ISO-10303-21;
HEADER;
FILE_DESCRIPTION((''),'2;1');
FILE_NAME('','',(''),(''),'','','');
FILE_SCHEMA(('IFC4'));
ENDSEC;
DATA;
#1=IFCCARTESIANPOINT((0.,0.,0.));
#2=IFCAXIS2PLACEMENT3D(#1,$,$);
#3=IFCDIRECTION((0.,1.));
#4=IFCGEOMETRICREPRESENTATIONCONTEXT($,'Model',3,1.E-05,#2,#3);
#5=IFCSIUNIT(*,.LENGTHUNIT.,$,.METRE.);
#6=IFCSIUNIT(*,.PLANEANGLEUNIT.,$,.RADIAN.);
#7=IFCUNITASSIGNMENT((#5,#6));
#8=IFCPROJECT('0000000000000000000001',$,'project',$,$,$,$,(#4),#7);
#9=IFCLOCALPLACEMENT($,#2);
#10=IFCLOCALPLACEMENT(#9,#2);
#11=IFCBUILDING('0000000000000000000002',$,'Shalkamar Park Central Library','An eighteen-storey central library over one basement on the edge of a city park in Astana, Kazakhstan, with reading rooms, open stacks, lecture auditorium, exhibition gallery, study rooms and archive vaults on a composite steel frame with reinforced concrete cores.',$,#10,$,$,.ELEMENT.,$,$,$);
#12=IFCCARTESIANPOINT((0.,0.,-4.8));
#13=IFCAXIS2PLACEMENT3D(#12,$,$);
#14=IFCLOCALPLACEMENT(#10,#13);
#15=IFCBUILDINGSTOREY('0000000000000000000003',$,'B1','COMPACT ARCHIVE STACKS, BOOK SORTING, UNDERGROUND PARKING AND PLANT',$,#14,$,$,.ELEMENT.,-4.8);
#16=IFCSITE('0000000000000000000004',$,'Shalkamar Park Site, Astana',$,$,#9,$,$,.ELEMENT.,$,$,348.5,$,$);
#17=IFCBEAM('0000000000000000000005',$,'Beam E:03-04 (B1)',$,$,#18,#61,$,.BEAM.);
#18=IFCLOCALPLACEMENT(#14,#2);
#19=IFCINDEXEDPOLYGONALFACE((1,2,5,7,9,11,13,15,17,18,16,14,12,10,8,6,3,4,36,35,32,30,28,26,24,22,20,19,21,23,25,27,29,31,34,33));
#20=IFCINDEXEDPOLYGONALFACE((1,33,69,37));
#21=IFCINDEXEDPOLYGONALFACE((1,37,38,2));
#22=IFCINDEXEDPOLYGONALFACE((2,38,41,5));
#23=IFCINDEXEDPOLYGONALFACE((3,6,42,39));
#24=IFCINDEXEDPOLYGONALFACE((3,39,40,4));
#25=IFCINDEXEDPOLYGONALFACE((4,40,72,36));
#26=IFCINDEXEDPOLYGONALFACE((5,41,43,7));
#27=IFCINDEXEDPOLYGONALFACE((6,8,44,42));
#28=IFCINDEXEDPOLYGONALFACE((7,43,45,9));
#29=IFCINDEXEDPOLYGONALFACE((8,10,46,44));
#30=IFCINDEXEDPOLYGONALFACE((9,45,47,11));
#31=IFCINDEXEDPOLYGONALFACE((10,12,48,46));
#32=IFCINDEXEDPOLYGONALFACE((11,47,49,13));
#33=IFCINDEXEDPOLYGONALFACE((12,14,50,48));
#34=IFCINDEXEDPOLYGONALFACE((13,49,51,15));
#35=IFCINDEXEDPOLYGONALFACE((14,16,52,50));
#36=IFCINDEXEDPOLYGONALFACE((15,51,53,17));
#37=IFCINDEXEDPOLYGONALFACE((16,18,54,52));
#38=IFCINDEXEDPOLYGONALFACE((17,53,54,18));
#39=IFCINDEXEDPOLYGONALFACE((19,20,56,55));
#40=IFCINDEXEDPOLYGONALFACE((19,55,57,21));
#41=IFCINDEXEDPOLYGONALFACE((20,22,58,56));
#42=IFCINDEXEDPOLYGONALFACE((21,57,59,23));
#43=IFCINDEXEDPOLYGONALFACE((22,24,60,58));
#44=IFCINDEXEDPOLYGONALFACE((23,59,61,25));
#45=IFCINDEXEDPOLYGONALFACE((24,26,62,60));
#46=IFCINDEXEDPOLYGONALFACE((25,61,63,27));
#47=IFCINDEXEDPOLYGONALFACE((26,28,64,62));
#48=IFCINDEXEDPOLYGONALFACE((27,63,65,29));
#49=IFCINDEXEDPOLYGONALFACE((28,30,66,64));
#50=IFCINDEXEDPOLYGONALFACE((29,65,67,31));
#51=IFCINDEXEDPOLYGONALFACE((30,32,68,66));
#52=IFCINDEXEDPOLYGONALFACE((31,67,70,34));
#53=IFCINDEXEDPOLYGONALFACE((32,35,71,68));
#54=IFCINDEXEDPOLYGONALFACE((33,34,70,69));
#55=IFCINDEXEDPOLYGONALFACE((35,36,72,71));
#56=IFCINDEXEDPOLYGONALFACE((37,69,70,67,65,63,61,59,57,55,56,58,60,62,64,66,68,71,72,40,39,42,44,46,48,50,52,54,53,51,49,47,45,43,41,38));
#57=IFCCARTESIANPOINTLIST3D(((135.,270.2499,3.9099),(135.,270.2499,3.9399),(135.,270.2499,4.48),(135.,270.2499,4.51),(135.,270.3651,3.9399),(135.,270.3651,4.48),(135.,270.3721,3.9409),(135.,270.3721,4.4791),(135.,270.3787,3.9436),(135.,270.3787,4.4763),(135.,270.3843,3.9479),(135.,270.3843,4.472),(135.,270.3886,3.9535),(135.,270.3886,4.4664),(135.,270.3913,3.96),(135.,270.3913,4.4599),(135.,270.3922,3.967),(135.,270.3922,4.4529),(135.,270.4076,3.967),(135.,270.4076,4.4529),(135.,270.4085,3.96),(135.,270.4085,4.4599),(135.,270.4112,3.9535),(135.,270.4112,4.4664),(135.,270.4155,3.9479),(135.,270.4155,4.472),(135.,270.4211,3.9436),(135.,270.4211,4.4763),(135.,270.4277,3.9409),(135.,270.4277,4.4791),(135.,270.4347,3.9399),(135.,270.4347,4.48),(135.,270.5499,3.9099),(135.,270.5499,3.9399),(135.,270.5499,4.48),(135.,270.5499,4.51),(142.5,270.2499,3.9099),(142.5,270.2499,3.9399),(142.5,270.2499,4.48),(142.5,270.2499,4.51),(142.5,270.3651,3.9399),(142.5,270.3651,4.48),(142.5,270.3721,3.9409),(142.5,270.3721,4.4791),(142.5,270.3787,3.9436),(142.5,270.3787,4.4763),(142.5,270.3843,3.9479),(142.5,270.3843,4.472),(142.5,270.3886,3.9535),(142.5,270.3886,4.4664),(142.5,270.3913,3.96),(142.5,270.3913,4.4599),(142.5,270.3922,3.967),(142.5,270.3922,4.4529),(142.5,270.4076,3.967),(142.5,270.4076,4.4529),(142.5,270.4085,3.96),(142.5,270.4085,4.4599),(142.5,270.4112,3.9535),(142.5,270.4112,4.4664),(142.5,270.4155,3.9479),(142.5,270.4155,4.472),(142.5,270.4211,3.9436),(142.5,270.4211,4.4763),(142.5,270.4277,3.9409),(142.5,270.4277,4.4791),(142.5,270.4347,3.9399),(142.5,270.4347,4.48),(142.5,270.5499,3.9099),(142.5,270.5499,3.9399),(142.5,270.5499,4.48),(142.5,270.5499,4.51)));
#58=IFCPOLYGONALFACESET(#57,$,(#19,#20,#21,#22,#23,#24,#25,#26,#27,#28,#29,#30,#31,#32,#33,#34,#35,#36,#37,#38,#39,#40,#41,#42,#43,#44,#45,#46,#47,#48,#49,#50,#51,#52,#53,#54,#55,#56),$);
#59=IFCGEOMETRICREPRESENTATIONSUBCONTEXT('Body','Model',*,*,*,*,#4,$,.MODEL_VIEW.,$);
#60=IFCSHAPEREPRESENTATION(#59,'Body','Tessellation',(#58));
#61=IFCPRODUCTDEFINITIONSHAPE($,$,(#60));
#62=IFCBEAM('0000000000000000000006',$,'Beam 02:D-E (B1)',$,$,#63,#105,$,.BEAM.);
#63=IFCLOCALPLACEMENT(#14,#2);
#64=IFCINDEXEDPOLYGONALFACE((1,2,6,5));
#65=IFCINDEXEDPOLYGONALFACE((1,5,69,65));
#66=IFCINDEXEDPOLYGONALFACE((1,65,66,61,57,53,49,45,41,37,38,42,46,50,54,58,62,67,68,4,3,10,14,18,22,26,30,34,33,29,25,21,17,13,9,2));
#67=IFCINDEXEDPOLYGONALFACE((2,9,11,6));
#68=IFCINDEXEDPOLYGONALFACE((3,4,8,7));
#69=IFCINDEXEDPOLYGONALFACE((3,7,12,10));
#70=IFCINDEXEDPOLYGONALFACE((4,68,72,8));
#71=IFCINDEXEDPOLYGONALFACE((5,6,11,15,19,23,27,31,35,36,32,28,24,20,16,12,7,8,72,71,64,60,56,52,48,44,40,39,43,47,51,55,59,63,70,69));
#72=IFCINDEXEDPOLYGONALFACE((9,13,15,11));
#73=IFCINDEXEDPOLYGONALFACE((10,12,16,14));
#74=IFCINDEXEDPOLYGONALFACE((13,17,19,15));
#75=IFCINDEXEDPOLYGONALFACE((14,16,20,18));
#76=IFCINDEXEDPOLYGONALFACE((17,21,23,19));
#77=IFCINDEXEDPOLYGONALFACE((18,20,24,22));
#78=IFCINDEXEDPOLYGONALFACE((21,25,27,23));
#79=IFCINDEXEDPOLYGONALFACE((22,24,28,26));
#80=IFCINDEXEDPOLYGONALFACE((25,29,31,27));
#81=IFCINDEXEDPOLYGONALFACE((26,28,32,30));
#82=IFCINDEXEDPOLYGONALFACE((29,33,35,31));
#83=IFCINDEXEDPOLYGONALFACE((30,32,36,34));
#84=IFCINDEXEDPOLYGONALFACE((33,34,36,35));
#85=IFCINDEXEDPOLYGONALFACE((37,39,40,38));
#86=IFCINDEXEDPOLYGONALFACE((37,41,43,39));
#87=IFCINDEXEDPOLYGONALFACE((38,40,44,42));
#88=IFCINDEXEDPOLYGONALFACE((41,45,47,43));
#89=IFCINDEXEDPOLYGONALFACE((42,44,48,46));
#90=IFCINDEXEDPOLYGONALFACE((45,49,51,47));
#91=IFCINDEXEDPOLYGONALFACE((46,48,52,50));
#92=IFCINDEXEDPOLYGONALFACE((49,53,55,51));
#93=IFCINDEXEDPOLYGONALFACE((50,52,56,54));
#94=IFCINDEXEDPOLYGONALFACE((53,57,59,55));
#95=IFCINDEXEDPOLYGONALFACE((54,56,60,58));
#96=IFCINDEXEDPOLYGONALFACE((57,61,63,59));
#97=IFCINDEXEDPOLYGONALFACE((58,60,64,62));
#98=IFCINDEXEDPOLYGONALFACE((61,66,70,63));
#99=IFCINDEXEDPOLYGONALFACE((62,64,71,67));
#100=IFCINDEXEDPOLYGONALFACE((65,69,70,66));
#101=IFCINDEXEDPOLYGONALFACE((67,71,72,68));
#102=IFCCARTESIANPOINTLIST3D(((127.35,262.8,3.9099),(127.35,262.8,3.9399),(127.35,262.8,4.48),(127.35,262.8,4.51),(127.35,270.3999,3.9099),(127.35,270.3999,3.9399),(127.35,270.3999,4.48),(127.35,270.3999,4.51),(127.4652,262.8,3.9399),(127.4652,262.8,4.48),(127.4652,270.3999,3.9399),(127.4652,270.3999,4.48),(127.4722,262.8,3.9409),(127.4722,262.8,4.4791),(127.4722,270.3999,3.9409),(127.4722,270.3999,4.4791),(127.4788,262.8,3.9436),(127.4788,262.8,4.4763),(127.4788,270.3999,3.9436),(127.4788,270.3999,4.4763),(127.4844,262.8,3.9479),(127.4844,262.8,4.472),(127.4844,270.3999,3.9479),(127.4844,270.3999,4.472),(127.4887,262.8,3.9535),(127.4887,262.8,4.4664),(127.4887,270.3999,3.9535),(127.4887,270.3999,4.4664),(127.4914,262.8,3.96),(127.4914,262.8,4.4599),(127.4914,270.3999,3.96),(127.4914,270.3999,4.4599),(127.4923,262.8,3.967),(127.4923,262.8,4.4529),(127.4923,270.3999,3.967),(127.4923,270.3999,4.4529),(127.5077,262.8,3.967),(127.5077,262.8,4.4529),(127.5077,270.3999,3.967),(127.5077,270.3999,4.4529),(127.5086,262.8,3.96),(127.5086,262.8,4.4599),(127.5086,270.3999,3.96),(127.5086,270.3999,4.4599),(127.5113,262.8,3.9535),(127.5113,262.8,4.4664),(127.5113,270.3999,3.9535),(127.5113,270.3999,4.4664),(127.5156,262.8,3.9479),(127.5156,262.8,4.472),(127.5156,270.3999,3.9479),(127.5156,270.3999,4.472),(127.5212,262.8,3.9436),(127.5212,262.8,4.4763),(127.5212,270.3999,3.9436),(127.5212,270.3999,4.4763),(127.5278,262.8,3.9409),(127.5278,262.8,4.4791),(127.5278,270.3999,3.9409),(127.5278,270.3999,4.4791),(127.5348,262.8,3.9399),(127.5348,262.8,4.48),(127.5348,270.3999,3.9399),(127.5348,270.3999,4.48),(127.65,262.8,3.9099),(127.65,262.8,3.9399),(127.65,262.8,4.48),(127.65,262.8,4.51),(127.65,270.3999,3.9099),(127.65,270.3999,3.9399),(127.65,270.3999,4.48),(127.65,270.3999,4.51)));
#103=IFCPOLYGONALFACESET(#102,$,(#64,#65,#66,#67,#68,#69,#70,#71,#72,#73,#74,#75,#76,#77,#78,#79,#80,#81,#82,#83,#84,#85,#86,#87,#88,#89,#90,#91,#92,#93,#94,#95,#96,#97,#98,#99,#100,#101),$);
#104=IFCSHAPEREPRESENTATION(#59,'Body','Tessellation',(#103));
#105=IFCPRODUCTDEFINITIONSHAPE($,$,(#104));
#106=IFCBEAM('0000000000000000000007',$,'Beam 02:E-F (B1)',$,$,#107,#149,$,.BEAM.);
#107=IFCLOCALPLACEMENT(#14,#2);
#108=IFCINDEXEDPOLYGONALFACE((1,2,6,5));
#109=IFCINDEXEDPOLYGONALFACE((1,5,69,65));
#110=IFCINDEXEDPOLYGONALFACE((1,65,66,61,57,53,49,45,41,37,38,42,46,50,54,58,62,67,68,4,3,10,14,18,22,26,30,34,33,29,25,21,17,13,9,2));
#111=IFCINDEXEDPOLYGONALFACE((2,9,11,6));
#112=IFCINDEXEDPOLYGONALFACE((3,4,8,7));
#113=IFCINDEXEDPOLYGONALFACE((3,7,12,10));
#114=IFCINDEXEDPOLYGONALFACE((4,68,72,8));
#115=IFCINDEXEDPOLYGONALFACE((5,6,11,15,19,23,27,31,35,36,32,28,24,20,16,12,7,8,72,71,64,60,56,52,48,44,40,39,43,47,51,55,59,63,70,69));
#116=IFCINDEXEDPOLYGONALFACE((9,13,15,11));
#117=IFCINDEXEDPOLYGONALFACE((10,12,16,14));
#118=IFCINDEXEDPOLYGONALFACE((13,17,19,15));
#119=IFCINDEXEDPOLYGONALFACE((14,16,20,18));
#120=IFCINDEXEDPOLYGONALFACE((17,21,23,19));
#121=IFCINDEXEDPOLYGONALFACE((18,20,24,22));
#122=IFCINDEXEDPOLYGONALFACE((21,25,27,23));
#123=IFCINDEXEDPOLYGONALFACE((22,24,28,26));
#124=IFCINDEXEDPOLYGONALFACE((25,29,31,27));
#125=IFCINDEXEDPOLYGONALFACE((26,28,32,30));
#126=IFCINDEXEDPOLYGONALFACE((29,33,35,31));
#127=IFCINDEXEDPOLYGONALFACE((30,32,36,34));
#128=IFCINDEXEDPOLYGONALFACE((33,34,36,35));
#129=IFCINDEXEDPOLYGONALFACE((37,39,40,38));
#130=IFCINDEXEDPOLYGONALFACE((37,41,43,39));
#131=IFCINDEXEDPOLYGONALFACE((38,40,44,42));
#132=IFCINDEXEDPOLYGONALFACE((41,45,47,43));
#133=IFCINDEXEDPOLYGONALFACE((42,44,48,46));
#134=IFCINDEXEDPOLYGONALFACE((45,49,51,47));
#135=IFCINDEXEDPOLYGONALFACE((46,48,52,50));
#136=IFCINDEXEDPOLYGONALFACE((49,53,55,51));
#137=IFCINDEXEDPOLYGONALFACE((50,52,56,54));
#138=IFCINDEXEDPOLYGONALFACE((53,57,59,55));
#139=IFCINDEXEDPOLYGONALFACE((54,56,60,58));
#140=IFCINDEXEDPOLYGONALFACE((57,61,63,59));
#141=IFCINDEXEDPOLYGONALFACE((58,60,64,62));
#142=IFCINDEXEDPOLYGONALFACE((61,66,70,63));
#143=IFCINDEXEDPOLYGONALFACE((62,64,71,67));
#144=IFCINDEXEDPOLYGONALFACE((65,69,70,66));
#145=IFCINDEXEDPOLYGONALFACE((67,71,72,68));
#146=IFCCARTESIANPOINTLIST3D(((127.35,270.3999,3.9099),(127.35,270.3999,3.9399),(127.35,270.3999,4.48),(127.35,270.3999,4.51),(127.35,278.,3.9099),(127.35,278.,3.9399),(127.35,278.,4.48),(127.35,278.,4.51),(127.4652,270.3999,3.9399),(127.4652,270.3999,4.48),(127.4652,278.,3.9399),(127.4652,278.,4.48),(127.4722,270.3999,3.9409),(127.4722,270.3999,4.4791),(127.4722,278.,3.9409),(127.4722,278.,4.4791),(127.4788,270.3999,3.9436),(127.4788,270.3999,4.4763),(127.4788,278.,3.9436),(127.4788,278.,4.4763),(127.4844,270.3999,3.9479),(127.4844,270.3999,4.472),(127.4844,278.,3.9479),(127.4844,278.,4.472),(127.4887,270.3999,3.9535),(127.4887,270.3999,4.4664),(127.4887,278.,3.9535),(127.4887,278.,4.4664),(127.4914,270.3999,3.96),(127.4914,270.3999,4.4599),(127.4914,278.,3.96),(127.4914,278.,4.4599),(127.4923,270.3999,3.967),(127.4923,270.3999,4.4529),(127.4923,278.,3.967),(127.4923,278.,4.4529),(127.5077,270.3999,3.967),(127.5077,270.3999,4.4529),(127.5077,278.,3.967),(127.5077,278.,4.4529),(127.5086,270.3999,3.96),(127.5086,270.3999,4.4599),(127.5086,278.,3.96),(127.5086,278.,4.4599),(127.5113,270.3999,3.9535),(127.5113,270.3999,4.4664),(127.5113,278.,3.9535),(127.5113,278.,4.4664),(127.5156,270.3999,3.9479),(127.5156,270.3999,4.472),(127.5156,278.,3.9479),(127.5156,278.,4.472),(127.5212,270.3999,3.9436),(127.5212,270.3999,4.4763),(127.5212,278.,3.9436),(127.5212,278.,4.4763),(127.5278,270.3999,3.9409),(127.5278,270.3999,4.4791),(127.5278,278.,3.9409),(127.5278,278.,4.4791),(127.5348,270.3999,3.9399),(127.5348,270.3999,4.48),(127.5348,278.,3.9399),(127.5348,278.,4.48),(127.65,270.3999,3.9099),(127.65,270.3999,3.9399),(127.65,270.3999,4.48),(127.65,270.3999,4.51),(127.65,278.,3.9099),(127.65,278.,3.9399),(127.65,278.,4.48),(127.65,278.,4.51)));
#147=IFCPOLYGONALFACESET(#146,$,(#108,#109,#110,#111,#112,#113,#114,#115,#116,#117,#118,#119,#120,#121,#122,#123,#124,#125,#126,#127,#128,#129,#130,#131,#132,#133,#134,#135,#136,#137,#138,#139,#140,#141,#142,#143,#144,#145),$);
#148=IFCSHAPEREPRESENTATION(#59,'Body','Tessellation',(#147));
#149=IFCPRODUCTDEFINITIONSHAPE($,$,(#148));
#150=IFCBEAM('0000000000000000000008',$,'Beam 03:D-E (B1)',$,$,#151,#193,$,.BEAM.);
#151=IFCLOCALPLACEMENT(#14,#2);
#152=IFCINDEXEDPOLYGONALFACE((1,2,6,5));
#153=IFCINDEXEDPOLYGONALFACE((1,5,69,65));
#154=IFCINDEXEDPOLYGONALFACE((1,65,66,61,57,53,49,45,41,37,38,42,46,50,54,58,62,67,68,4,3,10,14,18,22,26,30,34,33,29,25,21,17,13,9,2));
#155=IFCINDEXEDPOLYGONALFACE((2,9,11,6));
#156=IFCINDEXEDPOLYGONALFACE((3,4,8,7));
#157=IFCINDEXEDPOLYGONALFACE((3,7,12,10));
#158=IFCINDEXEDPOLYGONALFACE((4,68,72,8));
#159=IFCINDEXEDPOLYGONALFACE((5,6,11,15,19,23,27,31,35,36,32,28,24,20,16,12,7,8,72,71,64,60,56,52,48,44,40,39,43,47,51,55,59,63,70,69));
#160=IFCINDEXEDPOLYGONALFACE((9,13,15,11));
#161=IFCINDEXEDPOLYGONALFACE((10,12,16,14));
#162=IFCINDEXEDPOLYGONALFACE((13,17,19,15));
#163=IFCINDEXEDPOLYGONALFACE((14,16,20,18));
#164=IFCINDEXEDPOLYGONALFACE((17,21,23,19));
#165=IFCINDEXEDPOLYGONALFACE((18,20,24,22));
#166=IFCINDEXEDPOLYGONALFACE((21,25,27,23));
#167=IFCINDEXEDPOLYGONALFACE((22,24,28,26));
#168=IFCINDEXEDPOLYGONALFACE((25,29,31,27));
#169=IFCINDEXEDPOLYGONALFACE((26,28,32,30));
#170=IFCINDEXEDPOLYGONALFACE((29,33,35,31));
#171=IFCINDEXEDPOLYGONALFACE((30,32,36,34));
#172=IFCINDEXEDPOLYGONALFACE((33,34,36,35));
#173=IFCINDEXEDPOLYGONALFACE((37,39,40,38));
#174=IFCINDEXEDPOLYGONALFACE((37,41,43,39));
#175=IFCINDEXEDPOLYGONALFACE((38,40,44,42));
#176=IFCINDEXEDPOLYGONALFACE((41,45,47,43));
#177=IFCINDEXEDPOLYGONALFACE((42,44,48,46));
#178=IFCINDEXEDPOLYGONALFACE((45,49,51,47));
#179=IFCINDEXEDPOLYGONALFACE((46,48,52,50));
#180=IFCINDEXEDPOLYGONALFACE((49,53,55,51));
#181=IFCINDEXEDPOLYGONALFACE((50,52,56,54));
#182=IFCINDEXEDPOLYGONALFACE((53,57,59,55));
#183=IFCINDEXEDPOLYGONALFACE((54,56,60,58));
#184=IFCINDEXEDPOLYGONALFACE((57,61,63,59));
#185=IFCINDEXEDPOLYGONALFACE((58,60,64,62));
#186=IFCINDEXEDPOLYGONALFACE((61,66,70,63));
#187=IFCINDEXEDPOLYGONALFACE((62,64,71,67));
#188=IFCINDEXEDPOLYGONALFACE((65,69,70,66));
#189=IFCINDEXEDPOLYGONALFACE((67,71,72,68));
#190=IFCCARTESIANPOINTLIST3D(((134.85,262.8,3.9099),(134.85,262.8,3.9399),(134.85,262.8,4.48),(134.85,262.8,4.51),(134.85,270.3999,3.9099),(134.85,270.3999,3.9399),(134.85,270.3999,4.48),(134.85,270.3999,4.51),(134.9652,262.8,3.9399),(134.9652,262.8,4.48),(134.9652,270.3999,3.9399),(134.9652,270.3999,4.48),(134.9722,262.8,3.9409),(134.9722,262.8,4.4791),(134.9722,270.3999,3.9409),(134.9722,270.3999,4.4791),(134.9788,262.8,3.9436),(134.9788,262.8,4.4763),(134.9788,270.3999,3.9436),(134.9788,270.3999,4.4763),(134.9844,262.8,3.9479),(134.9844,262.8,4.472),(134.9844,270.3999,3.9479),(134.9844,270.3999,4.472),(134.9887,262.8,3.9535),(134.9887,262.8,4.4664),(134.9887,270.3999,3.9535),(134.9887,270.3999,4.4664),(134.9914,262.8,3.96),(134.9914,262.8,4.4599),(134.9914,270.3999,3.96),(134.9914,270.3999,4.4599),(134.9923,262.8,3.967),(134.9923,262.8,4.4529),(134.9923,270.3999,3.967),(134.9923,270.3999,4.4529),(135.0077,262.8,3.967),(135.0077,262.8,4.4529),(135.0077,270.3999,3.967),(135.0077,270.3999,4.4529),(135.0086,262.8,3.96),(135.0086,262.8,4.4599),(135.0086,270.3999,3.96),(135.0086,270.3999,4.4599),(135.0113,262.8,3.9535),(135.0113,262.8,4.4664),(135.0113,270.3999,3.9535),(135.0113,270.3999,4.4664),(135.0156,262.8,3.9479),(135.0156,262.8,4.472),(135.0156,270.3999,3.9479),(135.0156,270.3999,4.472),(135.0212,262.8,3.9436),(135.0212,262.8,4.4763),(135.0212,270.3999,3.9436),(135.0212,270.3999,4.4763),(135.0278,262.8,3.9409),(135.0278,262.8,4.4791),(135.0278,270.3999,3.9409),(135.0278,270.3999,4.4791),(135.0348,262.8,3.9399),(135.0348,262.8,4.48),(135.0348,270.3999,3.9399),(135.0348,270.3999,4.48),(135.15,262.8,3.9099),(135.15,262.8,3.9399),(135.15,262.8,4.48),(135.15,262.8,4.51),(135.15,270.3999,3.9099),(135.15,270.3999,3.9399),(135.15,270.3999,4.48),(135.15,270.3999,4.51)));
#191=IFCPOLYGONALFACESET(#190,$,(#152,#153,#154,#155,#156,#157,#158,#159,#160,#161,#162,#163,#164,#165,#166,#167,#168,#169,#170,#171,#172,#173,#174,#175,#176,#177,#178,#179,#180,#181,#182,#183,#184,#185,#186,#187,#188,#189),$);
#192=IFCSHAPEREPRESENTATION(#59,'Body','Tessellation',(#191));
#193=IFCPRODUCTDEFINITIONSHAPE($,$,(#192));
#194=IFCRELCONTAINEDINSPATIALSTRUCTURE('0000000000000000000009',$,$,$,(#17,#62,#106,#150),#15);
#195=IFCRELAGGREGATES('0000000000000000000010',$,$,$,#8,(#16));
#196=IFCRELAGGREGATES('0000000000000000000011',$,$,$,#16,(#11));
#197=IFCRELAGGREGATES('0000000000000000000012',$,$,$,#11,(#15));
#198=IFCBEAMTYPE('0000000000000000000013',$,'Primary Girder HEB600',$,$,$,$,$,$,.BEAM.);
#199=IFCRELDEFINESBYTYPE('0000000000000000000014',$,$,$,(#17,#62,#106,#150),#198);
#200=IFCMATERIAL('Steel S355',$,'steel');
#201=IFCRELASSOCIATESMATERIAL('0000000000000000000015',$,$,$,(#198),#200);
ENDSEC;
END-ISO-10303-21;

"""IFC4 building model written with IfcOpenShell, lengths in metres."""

from ifc_helpers import new_model, si_unit, direction, frame, origin, origin_2d, place, context, subcontext, project, spatial, i_section, extrude, material, material_profile, profile_set, type_object, element, save


model = new_model("IFC4")

# Units and contexts
model_context = context("Model", 3, precision=1e-05, world=origin(), true_north=direction((0.0, 1.0)))
body_context = subcontext(model_context, "Body", "Model", "MODEL_VIEW")
ifc_project = project(units=[si_unit("LENGTHUNIT", "METRE"), si_unit("PLANEANGLEUNIT", "RADIAN")], contexts=[model_context])

# Site, building, storey
site_placement = place(None, origin())
site = spatial("IfcSite", under=ifc_project, at=site_placement, Name="Shalkamar Park Site, Astana", CompositionType="ELEMENT", RefElevation=348.5)
building_placement = place(site_placement, origin())
building = spatial("IfcBuilding", under=site, at=building_placement, Name="Shalkamar Park Central Library", Description="An eighteen-storey central library over one basement on the edge of a city park in Astana, Kazakhstan, with reading rooms, open stacks, lecture auditorium, exhibition gallery, study rooms and archive vaults on a composite steel frame with reinforced concrete cores.", CompositionType="ELEMENT")
storey_placement = place(building_placement, frame((0.0, 0.0, -4.8)))
storey = spatial("IfcBuildingStorey", under=building, at=storey_placement, Name="B1", Description="COMPACT ARCHIVE STACKS, BOOK SORTING, UNDERGROUND PARKING AND PLANT", CompositionType="ELEMENT", Elevation=-4.8)

# Shared definitions
ifc_material_1 = material(Name="Steel S355", Category="steel")

# Beams
ifc_material_profile_1 = material_profile(ifc_material_1, i_section(OverallWidth=0.3, OverallDepth=0.6001, WebThickness=0.0154, FlangeThickness=0.03, FilletRadius=0.0271, at=origin_2d()), Name="HEB 600")
ifc_profile_set_1 = profile_set([ifc_material_profile_1], Name="Steel S355")
beam_type = type_object("IfcBeamType", Name="Primary Girder HEB600", PredefinedType="BEAM", material=ifc_profile_set_1)
for number, where, z_axis, x_axis, name in (
    (1, (135.0, 270.3999, 4.21), (1.0, 0.0, 0.0), (0.0, 1.0, 0.0), "Beam E:03-04 (B1)"),
):
    element("IfcBeam", number, at=place(storey_placement, frame(where, z_axis=z_axis, x_axis=x_axis)), inside=storey, type_object=beam_type, Name=name, PredefinedType="BEAM", context=body_context, shape_type="SweptSolid", body=[
        extrude(i_section(OverallWidth=0.3, OverallDepth=0.6001, WebThickness=0.0154, FlangeThickness=0.03, FilletRadius=0.0271, at=origin_2d()), origin(), (0.0, 0.0, 1.0), 7.5),
    ])
beam_1_placement = place(storey_placement, frame((127.5, 262.8, 4.21), z_axis=(0.0, 1.0, 0.0), x_axis=(-1.0, 0.0, 0.0)))
element("IfcBeam", 2, at=beam_1_placement, inside=storey, type_object=beam_type, Name="Beam 02:D-E (B1)", PredefinedType="BEAM", context=body_context, shape_type="SweptSolid", body=[
    extrude(i_section(OverallWidth=0.3, OverallDepth=0.6001, WebThickness=0.0154, FlangeThickness=0.03, FilletRadius=0.0271, at=origin_2d()), origin(), (0.0, 0.0, 1.0), 7.5999),
])
beam_2_placement = place(storey_placement, frame((127.5, 270.3999, 4.21), z_axis=(0.0, 1.0, 0.0), x_axis=(-1.0, 0.0, 0.0)))
element("IfcBeam", 3, at=beam_2_placement, inside=storey, type_object=beam_type, Name="Beam 02:E-F (B1)", PredefinedType="BEAM", context=body_context, shape_type="SweptSolid", body=[
    extrude(i_section(OverallWidth=0.3, OverallDepth=0.6001, WebThickness=0.0154, FlangeThickness=0.03, FilletRadius=0.0271, at=origin_2d()), origin(), (0.0, 0.0, 1.0), 7.6001),
])
beam_3_placement = place(storey_placement, frame((135.0, 262.8, 4.21), z_axis=(0.0, 1.0, 0.0), x_axis=(-1.0, 0.0, 0.0)))
element("IfcBeam", 4, at=beam_3_placement, inside=storey, type_object=beam_type, Name="Beam 03:D-E (B1)", PredefinedType="BEAM", context=body_context, shape_type="SweptSolid", body=[
    extrude(i_section(OverallWidth=0.3, OverallDepth=0.6001, WebThickness=0.0154, FlangeThickness=0.03, FilletRadius=0.0271, at=origin_2d()), origin(), (0.0, 0.0, 1.0), 7.5999),
])

save(model, "model.ifc")
